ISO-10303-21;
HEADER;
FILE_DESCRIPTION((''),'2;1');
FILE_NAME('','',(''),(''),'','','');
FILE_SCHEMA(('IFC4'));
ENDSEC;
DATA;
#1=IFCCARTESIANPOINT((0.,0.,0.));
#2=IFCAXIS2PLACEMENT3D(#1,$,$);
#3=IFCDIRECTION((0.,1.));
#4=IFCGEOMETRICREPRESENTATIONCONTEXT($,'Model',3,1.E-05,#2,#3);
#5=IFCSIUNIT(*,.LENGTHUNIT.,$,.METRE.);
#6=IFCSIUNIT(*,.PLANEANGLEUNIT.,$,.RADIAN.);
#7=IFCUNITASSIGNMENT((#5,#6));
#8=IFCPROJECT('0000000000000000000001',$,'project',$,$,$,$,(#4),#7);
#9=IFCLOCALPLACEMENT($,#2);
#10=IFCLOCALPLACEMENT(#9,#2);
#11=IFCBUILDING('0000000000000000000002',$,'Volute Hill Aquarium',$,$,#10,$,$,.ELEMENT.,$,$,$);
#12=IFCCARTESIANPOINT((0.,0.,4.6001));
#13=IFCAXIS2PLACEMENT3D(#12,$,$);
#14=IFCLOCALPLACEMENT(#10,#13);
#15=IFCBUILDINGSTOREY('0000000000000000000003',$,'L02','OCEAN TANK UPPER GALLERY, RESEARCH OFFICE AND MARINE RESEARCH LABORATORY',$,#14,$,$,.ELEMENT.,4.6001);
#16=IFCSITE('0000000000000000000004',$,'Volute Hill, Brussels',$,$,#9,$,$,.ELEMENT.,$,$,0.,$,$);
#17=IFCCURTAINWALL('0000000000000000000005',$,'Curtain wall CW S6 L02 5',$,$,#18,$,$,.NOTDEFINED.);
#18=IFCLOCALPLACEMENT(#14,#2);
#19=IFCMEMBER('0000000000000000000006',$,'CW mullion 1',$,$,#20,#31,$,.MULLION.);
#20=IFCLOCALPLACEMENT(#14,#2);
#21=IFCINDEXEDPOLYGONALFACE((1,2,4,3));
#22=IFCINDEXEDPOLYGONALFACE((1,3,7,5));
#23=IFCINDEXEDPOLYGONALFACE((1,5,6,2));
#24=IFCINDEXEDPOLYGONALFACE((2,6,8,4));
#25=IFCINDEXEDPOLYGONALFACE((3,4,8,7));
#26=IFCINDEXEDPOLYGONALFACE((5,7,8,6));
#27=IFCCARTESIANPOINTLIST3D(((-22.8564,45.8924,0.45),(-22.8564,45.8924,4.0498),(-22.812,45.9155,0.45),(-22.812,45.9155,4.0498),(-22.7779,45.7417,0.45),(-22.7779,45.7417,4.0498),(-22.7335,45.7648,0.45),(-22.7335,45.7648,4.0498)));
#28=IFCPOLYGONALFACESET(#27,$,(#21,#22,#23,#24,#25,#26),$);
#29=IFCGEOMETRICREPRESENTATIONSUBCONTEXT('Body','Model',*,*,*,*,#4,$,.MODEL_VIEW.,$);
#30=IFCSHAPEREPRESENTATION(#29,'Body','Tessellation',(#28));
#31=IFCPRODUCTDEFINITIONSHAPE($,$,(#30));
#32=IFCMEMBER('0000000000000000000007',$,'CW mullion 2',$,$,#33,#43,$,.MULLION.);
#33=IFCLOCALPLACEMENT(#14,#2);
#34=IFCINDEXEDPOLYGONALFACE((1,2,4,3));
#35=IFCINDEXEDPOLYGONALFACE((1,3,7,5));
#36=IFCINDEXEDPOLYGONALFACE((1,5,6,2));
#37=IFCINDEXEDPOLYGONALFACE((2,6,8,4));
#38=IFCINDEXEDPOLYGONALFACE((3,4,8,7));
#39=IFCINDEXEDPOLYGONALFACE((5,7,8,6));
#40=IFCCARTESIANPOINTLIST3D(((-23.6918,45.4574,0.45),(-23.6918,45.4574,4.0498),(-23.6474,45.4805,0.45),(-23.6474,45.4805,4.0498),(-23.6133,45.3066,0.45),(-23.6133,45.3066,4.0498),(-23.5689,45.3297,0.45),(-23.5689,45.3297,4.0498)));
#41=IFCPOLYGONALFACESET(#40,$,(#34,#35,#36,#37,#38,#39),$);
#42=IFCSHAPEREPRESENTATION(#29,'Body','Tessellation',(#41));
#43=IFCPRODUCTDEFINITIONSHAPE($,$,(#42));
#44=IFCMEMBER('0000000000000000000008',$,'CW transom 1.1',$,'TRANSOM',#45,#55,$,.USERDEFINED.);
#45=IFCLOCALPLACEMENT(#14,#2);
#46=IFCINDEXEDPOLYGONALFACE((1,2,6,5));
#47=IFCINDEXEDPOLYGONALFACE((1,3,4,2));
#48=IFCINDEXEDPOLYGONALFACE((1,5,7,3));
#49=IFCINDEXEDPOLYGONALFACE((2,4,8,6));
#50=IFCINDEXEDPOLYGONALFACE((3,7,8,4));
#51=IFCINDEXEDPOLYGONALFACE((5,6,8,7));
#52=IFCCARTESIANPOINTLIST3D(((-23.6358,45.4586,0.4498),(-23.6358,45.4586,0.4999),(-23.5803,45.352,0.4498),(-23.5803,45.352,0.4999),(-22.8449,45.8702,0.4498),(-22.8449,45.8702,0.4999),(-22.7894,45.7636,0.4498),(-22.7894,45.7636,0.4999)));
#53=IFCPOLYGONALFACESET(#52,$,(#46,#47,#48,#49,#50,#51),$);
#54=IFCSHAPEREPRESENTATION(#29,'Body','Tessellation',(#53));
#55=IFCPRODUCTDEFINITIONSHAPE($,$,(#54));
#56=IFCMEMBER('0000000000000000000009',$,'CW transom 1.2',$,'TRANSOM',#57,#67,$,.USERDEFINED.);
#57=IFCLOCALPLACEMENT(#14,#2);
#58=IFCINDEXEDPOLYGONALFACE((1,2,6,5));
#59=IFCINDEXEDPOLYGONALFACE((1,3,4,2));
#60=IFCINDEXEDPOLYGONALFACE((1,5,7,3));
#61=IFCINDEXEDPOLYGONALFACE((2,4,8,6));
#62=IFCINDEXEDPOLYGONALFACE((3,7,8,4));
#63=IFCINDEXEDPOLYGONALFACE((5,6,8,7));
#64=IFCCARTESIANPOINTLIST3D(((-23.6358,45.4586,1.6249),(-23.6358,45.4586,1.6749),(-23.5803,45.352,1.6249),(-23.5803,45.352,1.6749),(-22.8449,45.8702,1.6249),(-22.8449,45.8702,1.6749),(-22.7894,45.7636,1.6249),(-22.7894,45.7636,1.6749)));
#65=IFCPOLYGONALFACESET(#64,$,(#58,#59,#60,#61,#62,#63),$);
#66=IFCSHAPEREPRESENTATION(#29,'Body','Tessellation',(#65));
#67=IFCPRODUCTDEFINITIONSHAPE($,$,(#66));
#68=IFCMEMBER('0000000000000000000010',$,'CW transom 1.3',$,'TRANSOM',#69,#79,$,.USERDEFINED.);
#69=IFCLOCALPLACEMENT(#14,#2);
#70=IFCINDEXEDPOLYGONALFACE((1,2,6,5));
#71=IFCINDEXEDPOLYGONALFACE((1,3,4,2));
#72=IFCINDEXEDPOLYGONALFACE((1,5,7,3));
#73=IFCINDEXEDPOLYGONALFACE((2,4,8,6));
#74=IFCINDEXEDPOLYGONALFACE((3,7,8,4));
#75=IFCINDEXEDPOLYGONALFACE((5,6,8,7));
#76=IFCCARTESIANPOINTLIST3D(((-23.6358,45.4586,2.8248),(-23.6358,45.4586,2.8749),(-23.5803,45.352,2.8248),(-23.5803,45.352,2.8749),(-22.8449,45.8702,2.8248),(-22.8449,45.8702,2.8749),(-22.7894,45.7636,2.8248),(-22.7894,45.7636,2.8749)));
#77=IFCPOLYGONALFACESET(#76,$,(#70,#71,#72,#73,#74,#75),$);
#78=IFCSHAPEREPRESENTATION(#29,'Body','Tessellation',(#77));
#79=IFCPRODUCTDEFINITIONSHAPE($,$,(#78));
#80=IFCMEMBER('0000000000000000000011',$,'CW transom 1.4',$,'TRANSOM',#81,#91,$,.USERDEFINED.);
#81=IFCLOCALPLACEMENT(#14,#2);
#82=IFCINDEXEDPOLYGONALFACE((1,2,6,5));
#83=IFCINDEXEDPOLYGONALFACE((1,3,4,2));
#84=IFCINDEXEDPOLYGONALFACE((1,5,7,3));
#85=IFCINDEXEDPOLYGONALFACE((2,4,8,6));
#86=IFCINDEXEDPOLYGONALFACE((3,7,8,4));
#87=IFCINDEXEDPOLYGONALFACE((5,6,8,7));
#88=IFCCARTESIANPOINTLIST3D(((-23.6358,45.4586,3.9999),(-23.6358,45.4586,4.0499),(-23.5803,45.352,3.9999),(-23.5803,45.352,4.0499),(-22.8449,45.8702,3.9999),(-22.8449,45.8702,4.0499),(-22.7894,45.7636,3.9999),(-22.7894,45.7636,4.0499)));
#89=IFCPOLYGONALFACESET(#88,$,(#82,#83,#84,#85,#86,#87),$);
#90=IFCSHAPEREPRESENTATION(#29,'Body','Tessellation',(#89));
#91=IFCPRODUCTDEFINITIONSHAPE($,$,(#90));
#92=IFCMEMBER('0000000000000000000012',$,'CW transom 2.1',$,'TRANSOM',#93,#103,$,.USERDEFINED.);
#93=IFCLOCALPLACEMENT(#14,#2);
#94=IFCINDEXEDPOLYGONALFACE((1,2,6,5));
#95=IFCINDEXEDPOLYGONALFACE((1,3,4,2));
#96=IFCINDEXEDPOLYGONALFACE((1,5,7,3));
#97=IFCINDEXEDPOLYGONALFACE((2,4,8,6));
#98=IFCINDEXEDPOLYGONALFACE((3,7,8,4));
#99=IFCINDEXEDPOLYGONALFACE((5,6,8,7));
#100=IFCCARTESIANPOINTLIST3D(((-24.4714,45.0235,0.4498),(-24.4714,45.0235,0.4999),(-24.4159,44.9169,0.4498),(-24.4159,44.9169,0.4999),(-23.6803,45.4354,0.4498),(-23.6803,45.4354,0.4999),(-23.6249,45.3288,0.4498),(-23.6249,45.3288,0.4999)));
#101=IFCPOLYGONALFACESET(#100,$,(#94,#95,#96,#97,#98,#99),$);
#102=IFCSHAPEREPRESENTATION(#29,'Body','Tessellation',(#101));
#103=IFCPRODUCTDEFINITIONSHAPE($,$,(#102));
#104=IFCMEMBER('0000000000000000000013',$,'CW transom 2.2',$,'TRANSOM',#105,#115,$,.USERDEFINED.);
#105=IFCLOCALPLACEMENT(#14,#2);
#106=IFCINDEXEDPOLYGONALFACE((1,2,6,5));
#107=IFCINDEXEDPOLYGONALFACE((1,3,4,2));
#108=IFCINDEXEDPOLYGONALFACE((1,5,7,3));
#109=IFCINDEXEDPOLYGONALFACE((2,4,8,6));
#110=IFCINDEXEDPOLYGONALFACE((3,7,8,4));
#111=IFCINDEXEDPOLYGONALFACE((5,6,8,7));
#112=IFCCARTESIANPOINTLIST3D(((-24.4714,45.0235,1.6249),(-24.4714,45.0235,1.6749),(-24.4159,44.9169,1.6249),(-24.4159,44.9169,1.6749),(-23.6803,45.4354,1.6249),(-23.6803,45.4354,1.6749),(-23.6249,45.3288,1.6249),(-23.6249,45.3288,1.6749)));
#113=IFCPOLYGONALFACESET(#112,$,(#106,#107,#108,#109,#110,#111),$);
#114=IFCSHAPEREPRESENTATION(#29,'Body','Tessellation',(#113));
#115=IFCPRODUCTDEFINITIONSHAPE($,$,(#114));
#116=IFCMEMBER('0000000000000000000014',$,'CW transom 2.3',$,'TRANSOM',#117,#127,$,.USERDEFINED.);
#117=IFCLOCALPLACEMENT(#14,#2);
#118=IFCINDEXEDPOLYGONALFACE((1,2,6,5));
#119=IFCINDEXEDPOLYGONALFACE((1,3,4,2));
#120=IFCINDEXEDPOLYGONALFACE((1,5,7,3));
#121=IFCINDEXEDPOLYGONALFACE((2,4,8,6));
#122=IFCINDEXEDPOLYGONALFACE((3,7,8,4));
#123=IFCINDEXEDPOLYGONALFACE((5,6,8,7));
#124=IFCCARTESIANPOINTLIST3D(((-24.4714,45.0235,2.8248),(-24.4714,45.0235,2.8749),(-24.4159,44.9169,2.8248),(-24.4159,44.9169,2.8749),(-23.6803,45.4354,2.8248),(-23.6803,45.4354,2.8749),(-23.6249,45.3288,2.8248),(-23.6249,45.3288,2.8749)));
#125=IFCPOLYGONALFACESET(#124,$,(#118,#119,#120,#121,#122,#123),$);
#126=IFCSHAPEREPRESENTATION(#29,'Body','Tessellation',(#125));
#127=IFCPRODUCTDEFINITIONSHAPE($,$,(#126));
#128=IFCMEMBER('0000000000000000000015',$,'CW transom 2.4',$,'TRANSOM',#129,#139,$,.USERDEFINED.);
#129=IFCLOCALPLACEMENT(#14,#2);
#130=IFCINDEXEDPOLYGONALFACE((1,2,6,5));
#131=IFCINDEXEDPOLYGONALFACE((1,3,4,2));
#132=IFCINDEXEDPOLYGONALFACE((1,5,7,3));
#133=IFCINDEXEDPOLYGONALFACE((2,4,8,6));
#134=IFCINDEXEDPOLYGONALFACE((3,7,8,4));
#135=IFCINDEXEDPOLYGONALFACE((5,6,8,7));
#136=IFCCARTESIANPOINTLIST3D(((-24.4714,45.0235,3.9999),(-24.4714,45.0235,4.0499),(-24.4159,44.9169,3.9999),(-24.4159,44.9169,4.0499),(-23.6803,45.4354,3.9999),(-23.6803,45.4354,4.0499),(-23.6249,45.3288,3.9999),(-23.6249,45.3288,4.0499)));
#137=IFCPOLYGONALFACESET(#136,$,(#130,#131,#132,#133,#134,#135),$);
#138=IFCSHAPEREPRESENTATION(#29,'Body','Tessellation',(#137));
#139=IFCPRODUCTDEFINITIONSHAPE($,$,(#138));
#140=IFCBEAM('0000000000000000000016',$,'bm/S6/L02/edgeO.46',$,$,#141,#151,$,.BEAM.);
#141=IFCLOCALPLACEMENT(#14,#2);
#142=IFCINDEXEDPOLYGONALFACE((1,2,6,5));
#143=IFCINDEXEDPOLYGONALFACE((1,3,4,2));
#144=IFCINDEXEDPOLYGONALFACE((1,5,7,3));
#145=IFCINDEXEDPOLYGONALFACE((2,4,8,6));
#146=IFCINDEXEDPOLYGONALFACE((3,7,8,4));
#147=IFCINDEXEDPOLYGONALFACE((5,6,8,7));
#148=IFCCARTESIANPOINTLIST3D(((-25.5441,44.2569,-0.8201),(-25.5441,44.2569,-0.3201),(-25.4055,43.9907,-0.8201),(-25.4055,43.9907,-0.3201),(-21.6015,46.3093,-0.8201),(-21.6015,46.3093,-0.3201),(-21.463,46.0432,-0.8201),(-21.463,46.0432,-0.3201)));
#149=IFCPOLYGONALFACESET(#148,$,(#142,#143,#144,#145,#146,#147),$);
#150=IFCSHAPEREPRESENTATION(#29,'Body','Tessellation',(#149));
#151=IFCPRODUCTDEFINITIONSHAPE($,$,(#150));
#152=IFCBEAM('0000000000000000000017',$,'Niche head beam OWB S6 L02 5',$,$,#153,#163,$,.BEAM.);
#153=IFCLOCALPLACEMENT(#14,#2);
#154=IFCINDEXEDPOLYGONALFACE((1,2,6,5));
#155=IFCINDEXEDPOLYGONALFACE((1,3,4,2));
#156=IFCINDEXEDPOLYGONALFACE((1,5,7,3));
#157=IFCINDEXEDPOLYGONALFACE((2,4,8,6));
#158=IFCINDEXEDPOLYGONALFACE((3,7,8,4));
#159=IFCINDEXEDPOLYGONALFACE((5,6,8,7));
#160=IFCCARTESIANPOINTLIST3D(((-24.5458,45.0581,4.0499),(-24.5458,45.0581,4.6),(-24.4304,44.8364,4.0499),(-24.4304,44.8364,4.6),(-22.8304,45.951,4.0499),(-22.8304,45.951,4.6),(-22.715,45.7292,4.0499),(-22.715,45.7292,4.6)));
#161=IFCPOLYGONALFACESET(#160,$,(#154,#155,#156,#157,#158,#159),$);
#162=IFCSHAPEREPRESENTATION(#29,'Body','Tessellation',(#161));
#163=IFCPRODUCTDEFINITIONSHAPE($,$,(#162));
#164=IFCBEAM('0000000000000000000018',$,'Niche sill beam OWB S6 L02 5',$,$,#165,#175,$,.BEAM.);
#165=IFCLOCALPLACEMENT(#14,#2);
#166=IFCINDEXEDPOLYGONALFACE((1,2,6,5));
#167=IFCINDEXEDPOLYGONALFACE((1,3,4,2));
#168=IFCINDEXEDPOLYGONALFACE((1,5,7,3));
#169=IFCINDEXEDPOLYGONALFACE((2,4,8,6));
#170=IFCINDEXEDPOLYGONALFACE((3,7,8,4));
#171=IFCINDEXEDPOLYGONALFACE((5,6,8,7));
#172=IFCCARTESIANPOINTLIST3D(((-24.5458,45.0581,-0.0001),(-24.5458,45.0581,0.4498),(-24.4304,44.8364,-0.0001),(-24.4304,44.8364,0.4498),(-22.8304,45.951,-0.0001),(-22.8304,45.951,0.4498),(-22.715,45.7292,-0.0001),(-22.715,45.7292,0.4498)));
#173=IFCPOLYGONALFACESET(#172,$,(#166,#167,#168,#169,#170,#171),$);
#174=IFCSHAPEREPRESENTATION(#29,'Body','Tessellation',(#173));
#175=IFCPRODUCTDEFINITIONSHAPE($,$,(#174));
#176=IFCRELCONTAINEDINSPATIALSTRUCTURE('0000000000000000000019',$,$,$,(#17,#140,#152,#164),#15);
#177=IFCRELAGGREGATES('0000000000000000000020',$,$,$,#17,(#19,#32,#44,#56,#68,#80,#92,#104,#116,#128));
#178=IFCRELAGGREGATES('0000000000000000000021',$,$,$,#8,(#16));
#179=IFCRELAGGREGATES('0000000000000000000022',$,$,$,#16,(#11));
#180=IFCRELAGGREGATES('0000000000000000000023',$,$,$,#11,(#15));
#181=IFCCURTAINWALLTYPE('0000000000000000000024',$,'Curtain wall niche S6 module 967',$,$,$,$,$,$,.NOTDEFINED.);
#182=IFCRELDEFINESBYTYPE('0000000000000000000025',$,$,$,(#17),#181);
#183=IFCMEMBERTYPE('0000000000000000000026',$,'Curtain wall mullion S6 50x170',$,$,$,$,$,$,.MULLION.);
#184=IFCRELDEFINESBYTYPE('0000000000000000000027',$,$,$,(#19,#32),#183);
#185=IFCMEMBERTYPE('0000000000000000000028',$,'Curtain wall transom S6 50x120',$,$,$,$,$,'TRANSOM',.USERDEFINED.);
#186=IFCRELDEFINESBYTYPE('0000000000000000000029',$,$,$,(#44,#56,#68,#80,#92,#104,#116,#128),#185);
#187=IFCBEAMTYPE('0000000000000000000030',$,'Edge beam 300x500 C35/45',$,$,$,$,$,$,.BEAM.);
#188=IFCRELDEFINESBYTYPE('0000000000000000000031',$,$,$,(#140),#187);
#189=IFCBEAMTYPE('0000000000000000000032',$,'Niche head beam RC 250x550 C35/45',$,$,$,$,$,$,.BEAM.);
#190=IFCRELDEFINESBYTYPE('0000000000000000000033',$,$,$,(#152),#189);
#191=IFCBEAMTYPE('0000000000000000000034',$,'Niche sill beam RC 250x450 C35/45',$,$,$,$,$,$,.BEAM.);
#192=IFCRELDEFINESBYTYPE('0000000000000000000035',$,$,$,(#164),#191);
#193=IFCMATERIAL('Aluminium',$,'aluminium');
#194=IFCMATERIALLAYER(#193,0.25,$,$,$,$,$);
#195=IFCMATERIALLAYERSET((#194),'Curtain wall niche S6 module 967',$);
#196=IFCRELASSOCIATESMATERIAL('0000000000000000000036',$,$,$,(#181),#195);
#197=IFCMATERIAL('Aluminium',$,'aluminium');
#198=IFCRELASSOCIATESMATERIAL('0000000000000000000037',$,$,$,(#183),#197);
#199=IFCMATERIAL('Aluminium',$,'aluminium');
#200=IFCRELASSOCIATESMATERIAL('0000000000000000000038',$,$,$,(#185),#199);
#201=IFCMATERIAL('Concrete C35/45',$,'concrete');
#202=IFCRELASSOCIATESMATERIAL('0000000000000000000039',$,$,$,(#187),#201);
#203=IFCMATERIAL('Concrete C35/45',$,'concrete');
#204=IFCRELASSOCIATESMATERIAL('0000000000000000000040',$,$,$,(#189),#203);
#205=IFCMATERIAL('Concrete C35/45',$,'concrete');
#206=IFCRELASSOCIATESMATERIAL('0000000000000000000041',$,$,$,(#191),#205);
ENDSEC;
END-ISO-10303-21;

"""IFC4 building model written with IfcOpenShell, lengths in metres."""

from ifc_helpers import new_model, si_unit, direction, frame, origin, origin_2d, place, context, subcontext, project, spatial, rectangle, extrude, material, layer, layer_set, material_profile, profile_set, type_object, element, aggregate, save


model = new_model("IFC4")

# Units and contexts
model_context = context("Model", 3, precision=1e-05, world=origin(), true_north=direction((0.0, 1.0)))
body_context = subcontext(model_context, "Body", "Model", "MODEL_VIEW")
ifc_project = project(units=[si_unit("LENGTHUNIT", "METRE"), si_unit("PLANEANGLEUNIT", "RADIAN")], contexts=[model_context])

# Site, building, storey
site_placement = place(None, origin())
site = spatial("IfcSite", under=ifc_project, at=site_placement, Name="Volute Hill, Brussels", CompositionType="ELEMENT", RefElevation=0.0)
building_placement = place(site_placement, origin())
building = spatial("IfcBuilding", under=site, at=building_placement, Name="Volute Hill Aquarium", CompositionType="ELEMENT")
storey_placement = place(building_placement, frame((0.0, 0.0, 4.6001)))
storey = spatial("IfcBuildingStorey", under=building, at=storey_placement, Name="L02", Description="OCEAN TANK UPPER GALLERY, RESEARCH OFFICE AND MARINE RESEARCH LABORATORY", CompositionType="ELEMENT", Elevation=4.6001)

# Curtain wall, members
ifc_material_1 = material(Name="Aluminium", Category="aluminium")
ifc_layer_1 = layer(ifc_material_1, 0.25)
ifc_layer_set_1 = layer_set([ifc_layer_1], Name="Curtain wall niche S6 module 967")
curtain_wall_type = type_object("IfcCurtainWallType", Name="Curtain wall niche S6 module 967", PredefinedType="NOTDEFINED", material=ifc_layer_set_1)
curtain_wall_placement = place(storey_placement, origin())
curtain_wall = element("IfcCurtainWall", 1, at=curtain_wall_placement, inside=storey, type_object=curtain_wall_type, Name="Curtain wall CW S6 L02 5", PredefinedType="NOTDEFINED")
ifc_material_2 = material(Name="Aluminium", Category="aluminium")
ifc_material_profile_1 = material_profile(ifc_material_2, rectangle(XDim=0.1699, YDim=0.05, at=origin_2d()), Name="Curtain wall mullion S6 50x170")
ifc_profile_set_1 = profile_set([ifc_material_profile_1], Name="Aluminium")
member_type_1 = type_object("IfcMemberType", Name="Curtain wall mullion S6 50x170", PredefinedType="MULLION", material=ifc_profile_set_1)
member_1_placement = place(storey_placement, frame((-22.7949, 45.8286, 0.45), z_axis=(0.0, 0.0, 1.0), x_axis=(0.46176, -0.887005, 0.0)))
member_1 = element("IfcMember", 2, at=member_1_placement, type_object=member_type_1, Name="CW mullion 1", PredefinedType="MULLION", context=body_context, shape_type="SweptSolid", body=[
    extrude(rectangle(XDim=0.1699, YDim=0.05, at=origin_2d()), origin(), (0.0, 0.0, 1.0), 3.5999),
])
member_2_placement = place(storey_placement, frame((-23.6304, 45.3936, 0.45), z_axis=(0.0, 0.0, 1.0), x_axis=(0.46176, -0.887005, 0.0)))
member_2 = element("IfcMember", 3, at=member_2_placement, type_object=member_type_1, Name="CW mullion 2", PredefinedType="MULLION", context=body_context, shape_type="SweptSolid", body=[
    extrude(rectangle(XDim=0.1699, YDim=0.05, at=origin_2d()), origin(), (0.0, 0.0, 1.0), 3.5999),
])
ifc_material_3 = material(Name="Aluminium", Category="aluminium")
ifc_material_profile_2 = material_profile(ifc_material_3, rectangle(XDim=0.1201, YDim=0.05, at=origin_2d()), Name="Curtain wall transom S6 50x120")
ifc_profile_set_2 = profile_set([ifc_material_profile_2], Name="Aluminium")
member_type_2 = type_object("IfcMemberType", Name="Curtain wall transom S6 50x120", ElementType="TRANSOM", PredefinedType="USERDEFINED", material=ifc_profile_set_2)
member_3_placement = place(storey_placement, frame((-22.8171, 45.8169, 0.4749), z_axis=(-0.887082, -0.461611, 0.0), x_axis=(0.461611, -0.887082, 0.0)))
member_3 = element("IfcMember", 4, at=member_3_placement, type_object=member_type_2, Name="CW transom 1.1", ObjectType="TRANSOM", PredefinedType="USERDEFINED", context=body_context, shape_type="SweptSolid", body=[
    extrude(rectangle(XDim=0.1201, YDim=0.05, at=origin_2d()), origin(), (0.0, 0.0, 1.0), 0.8916),
])
member_4_placement = place(storey_placement, frame((-22.8171, 45.8169, 1.6499), z_axis=(-0.887082, -0.461611, 0.0), x_axis=(0.461611, -0.887082, 0.0)))
member_4 = element("IfcMember", 5, at=member_4_placement, type_object=member_type_2, Name="CW transom 1.2", ObjectType="TRANSOM", PredefinedType="USERDEFINED", context=body_context, shape_type="SweptSolid", body=[
    extrude(rectangle(XDim=0.1201, YDim=0.05, at=origin_2d()), origin(), (0.0, 0.0, 1.0), 0.8916),
])
member_5_placement = place(storey_placement, frame((-22.8171, 45.8169, 2.8499), z_axis=(-0.887082, -0.461611, 0.0), x_axis=(0.461611, -0.887082, 0.0)))
member_5 = element("IfcMember", 6, at=member_5_placement, type_object=member_type_2, Name="CW transom 1.3", ObjectType="TRANSOM", PredefinedType="USERDEFINED", context=body_context, shape_type="SweptSolid", body=[
    extrude(rectangle(XDim=0.1201, YDim=0.05, at=origin_2d()), origin(), (0.0, 0.0, 1.0), 0.8916),
])
member_6_placement = place(storey_placement, frame((-22.8171, 45.8169, 4.0249), z_axis=(-0.887082, -0.461611, 0.0), x_axis=(0.461611, -0.887082, 0.0)))
member_6 = element("IfcMember", 7, at=member_6_placement, type_object=member_type_2, Name="CW transom 1.4", ObjectType="TRANSOM", PredefinedType="USERDEFINED", context=body_context, shape_type="SweptSolid", body=[
    extrude(rectangle(XDim=0.1201, YDim=0.05, at=origin_2d()), origin(), (0.0, 0.0, 1.0), 0.8916),
])
member_7_placement = place(storey_placement, frame((-23.6526, 45.3821, 0.4749), z_axis=(-0.88697, -0.461827, 0.0), x_axis=(0.461827, -0.88697, 0.0)))
member_7 = element("IfcMember", 8, at=member_7_placement, type_object=member_type_2, Name="CW transom 2.1", ObjectType="TRANSOM", PredefinedType="USERDEFINED", context=body_context, shape_type="SweptSolid", body=[
    extrude(rectangle(XDim=0.1201, YDim=0.05, at=origin_2d()), origin(), (0.0, 0.0, 1.0), 0.8918),
])
member_8_placement = place(storey_placement, frame((-23.6526, 45.3821, 1.6499), z_axis=(-0.88697, -0.461827, 0.0), x_axis=(0.461827, -0.88697, 0.0)))
member_8 = element("IfcMember", 9, at=member_8_placement, type_object=member_type_2, Name="CW transom 2.2", ObjectType="TRANSOM", PredefinedType="USERDEFINED", context=body_context, shape_type="SweptSolid", body=[
    extrude(rectangle(XDim=0.1201, YDim=0.05, at=origin_2d()), origin(), (0.0, 0.0, 1.0), 0.8918),
])
member_9_placement = place(storey_placement, frame((-23.6526, 45.3821, 2.8499), z_axis=(-0.88697, -0.461827, 0.0), x_axis=(0.461827, -0.88697, 0.0)))
member_9 = element("IfcMember", 10, at=member_9_placement, type_object=member_type_2, Name="CW transom 2.3", ObjectType="TRANSOM", PredefinedType="USERDEFINED", context=body_context, shape_type="SweptSolid", body=[
    extrude(rectangle(XDim=0.1201, YDim=0.05, at=origin_2d()), origin(), (0.0, 0.0, 1.0), 0.8918),
])
member_10_placement = place(storey_placement, frame((-23.6526, 45.3821, 4.0249), z_axis=(-0.88697, -0.461827, 0.0), x_axis=(0.461827, -0.88697, 0.0)))
member_10 = element("IfcMember", 11, at=member_10_placement, type_object=member_type_2, Name="CW transom 2.4", ObjectType="TRANSOM", PredefinedType="USERDEFINED", context=body_context, shape_type="SweptSolid", body=[
    extrude(rectangle(XDim=0.1201, YDim=0.05, at=origin_2d()), origin(), (0.0, 0.0, 1.0), 0.8918),
])

# Beams
ifc_material_4 = material(Name="Concrete C35/45", Category="concrete")
ifc_material_profile_3 = material_profile(ifc_material_4, rectangle(XDim=0.3, YDim=0.5, at=origin_2d()), Name="RC edge beam 300x500")
ifc_profile_set_3 = profile_set([ifc_material_profile_3], Name="Concrete C35/45")
beam_type_1 = type_object("IfcBeamType", Name="Edge beam 300x500 C35/45", PredefinedType="BEAM", material=ifc_profile_set_3)
beam_1_placement = place(storey_placement, frame((-21.5322, 46.1763, -0.5701), z_axis=(-0.887003, -0.461764, 0.0), x_axis=(0.461764, -0.887003, 0.0)))
element("IfcBeam", 12, at=beam_1_placement, inside=storey, type_object=beam_type_1, Name="bm/S6/L02/edgeO.46", PredefinedType="BEAM", context=body_context, shape_type="SweptSolid", body=[
    extrude(rectangle(XDim=0.3, YDim=0.5, at=origin_2d()), origin(), (0.0, 0.0, 1.0), 4.4448),
])
ifc_material_5 = material(Name="Concrete C35/45", Category="concrete")
ifc_material_profile_4 = material_profile(ifc_material_5, rectangle(XDim=0.25, YDim=0.55, at=origin_2d()), Name="RC beam 250x550")
ifc_profile_set_4 = profile_set([ifc_material_profile_4], Name="Concrete C35/45")
beam_type_2 = type_object("IfcBeamType", Name="Niche head beam RC 250x550 C35/45", PredefinedType="BEAM", material=ifc_profile_set_4)
beam_2_placement = place(storey_placement, frame((-22.7727, 45.8401, 4.325), z_axis=(-0.887037, -0.461699, 0.0), x_axis=(0.461699, -0.887037, 0.0)))
element("IfcBeam", 13, at=beam_2_placement, inside=storey, type_object=beam_type_2, Name="Niche head beam OWB S6 L02 5", PredefinedType="BEAM", context=body_context, shape_type="SweptSolid", body=[
    extrude(rectangle(XDim=0.25, YDim=0.55, at=origin_2d()), origin(), (0.0, 0.0, 1.0), 1.9338),
])
ifc_material_6 = material(Name="Concrete C35/45", Category="concrete")
ifc_material_profile_5 = material_profile(ifc_material_6, rectangle(XDim=0.25, YDim=0.45, at=origin_2d()), Name="RC beam 250x450")
ifc_profile_set_5 = profile_set([ifc_material_profile_5], Name="Concrete C35/45")
beam_type_3 = type_object("IfcBeamType", Name="Niche sill beam RC 250x450 C35/45", PredefinedType="BEAM", material=ifc_profile_set_5)
beam_3_placement = place(storey_placement, frame((-22.7727, 45.8401, 0.2249), z_axis=(-0.887037, -0.461699, 0.0), x_axis=(0.461699, -0.887037, 0.0)))
element("IfcBeam", 14, at=beam_3_placement, inside=storey, type_object=beam_type_3, Name="Niche sill beam OWB S6 L02 5", PredefinedType="BEAM", context=body_context, shape_type="SweptSolid", body=[
    extrude(rectangle(XDim=0.25, YDim=0.45, at=origin_2d()), origin(), (0.0, 0.0, 1.0), 1.9338),
])

aggregate(curtain_wall, [member_1, member_2, member_3, member_4, member_5, member_6, member_7, member_8, member_9, member_10])

save(model, "model.ifc")
